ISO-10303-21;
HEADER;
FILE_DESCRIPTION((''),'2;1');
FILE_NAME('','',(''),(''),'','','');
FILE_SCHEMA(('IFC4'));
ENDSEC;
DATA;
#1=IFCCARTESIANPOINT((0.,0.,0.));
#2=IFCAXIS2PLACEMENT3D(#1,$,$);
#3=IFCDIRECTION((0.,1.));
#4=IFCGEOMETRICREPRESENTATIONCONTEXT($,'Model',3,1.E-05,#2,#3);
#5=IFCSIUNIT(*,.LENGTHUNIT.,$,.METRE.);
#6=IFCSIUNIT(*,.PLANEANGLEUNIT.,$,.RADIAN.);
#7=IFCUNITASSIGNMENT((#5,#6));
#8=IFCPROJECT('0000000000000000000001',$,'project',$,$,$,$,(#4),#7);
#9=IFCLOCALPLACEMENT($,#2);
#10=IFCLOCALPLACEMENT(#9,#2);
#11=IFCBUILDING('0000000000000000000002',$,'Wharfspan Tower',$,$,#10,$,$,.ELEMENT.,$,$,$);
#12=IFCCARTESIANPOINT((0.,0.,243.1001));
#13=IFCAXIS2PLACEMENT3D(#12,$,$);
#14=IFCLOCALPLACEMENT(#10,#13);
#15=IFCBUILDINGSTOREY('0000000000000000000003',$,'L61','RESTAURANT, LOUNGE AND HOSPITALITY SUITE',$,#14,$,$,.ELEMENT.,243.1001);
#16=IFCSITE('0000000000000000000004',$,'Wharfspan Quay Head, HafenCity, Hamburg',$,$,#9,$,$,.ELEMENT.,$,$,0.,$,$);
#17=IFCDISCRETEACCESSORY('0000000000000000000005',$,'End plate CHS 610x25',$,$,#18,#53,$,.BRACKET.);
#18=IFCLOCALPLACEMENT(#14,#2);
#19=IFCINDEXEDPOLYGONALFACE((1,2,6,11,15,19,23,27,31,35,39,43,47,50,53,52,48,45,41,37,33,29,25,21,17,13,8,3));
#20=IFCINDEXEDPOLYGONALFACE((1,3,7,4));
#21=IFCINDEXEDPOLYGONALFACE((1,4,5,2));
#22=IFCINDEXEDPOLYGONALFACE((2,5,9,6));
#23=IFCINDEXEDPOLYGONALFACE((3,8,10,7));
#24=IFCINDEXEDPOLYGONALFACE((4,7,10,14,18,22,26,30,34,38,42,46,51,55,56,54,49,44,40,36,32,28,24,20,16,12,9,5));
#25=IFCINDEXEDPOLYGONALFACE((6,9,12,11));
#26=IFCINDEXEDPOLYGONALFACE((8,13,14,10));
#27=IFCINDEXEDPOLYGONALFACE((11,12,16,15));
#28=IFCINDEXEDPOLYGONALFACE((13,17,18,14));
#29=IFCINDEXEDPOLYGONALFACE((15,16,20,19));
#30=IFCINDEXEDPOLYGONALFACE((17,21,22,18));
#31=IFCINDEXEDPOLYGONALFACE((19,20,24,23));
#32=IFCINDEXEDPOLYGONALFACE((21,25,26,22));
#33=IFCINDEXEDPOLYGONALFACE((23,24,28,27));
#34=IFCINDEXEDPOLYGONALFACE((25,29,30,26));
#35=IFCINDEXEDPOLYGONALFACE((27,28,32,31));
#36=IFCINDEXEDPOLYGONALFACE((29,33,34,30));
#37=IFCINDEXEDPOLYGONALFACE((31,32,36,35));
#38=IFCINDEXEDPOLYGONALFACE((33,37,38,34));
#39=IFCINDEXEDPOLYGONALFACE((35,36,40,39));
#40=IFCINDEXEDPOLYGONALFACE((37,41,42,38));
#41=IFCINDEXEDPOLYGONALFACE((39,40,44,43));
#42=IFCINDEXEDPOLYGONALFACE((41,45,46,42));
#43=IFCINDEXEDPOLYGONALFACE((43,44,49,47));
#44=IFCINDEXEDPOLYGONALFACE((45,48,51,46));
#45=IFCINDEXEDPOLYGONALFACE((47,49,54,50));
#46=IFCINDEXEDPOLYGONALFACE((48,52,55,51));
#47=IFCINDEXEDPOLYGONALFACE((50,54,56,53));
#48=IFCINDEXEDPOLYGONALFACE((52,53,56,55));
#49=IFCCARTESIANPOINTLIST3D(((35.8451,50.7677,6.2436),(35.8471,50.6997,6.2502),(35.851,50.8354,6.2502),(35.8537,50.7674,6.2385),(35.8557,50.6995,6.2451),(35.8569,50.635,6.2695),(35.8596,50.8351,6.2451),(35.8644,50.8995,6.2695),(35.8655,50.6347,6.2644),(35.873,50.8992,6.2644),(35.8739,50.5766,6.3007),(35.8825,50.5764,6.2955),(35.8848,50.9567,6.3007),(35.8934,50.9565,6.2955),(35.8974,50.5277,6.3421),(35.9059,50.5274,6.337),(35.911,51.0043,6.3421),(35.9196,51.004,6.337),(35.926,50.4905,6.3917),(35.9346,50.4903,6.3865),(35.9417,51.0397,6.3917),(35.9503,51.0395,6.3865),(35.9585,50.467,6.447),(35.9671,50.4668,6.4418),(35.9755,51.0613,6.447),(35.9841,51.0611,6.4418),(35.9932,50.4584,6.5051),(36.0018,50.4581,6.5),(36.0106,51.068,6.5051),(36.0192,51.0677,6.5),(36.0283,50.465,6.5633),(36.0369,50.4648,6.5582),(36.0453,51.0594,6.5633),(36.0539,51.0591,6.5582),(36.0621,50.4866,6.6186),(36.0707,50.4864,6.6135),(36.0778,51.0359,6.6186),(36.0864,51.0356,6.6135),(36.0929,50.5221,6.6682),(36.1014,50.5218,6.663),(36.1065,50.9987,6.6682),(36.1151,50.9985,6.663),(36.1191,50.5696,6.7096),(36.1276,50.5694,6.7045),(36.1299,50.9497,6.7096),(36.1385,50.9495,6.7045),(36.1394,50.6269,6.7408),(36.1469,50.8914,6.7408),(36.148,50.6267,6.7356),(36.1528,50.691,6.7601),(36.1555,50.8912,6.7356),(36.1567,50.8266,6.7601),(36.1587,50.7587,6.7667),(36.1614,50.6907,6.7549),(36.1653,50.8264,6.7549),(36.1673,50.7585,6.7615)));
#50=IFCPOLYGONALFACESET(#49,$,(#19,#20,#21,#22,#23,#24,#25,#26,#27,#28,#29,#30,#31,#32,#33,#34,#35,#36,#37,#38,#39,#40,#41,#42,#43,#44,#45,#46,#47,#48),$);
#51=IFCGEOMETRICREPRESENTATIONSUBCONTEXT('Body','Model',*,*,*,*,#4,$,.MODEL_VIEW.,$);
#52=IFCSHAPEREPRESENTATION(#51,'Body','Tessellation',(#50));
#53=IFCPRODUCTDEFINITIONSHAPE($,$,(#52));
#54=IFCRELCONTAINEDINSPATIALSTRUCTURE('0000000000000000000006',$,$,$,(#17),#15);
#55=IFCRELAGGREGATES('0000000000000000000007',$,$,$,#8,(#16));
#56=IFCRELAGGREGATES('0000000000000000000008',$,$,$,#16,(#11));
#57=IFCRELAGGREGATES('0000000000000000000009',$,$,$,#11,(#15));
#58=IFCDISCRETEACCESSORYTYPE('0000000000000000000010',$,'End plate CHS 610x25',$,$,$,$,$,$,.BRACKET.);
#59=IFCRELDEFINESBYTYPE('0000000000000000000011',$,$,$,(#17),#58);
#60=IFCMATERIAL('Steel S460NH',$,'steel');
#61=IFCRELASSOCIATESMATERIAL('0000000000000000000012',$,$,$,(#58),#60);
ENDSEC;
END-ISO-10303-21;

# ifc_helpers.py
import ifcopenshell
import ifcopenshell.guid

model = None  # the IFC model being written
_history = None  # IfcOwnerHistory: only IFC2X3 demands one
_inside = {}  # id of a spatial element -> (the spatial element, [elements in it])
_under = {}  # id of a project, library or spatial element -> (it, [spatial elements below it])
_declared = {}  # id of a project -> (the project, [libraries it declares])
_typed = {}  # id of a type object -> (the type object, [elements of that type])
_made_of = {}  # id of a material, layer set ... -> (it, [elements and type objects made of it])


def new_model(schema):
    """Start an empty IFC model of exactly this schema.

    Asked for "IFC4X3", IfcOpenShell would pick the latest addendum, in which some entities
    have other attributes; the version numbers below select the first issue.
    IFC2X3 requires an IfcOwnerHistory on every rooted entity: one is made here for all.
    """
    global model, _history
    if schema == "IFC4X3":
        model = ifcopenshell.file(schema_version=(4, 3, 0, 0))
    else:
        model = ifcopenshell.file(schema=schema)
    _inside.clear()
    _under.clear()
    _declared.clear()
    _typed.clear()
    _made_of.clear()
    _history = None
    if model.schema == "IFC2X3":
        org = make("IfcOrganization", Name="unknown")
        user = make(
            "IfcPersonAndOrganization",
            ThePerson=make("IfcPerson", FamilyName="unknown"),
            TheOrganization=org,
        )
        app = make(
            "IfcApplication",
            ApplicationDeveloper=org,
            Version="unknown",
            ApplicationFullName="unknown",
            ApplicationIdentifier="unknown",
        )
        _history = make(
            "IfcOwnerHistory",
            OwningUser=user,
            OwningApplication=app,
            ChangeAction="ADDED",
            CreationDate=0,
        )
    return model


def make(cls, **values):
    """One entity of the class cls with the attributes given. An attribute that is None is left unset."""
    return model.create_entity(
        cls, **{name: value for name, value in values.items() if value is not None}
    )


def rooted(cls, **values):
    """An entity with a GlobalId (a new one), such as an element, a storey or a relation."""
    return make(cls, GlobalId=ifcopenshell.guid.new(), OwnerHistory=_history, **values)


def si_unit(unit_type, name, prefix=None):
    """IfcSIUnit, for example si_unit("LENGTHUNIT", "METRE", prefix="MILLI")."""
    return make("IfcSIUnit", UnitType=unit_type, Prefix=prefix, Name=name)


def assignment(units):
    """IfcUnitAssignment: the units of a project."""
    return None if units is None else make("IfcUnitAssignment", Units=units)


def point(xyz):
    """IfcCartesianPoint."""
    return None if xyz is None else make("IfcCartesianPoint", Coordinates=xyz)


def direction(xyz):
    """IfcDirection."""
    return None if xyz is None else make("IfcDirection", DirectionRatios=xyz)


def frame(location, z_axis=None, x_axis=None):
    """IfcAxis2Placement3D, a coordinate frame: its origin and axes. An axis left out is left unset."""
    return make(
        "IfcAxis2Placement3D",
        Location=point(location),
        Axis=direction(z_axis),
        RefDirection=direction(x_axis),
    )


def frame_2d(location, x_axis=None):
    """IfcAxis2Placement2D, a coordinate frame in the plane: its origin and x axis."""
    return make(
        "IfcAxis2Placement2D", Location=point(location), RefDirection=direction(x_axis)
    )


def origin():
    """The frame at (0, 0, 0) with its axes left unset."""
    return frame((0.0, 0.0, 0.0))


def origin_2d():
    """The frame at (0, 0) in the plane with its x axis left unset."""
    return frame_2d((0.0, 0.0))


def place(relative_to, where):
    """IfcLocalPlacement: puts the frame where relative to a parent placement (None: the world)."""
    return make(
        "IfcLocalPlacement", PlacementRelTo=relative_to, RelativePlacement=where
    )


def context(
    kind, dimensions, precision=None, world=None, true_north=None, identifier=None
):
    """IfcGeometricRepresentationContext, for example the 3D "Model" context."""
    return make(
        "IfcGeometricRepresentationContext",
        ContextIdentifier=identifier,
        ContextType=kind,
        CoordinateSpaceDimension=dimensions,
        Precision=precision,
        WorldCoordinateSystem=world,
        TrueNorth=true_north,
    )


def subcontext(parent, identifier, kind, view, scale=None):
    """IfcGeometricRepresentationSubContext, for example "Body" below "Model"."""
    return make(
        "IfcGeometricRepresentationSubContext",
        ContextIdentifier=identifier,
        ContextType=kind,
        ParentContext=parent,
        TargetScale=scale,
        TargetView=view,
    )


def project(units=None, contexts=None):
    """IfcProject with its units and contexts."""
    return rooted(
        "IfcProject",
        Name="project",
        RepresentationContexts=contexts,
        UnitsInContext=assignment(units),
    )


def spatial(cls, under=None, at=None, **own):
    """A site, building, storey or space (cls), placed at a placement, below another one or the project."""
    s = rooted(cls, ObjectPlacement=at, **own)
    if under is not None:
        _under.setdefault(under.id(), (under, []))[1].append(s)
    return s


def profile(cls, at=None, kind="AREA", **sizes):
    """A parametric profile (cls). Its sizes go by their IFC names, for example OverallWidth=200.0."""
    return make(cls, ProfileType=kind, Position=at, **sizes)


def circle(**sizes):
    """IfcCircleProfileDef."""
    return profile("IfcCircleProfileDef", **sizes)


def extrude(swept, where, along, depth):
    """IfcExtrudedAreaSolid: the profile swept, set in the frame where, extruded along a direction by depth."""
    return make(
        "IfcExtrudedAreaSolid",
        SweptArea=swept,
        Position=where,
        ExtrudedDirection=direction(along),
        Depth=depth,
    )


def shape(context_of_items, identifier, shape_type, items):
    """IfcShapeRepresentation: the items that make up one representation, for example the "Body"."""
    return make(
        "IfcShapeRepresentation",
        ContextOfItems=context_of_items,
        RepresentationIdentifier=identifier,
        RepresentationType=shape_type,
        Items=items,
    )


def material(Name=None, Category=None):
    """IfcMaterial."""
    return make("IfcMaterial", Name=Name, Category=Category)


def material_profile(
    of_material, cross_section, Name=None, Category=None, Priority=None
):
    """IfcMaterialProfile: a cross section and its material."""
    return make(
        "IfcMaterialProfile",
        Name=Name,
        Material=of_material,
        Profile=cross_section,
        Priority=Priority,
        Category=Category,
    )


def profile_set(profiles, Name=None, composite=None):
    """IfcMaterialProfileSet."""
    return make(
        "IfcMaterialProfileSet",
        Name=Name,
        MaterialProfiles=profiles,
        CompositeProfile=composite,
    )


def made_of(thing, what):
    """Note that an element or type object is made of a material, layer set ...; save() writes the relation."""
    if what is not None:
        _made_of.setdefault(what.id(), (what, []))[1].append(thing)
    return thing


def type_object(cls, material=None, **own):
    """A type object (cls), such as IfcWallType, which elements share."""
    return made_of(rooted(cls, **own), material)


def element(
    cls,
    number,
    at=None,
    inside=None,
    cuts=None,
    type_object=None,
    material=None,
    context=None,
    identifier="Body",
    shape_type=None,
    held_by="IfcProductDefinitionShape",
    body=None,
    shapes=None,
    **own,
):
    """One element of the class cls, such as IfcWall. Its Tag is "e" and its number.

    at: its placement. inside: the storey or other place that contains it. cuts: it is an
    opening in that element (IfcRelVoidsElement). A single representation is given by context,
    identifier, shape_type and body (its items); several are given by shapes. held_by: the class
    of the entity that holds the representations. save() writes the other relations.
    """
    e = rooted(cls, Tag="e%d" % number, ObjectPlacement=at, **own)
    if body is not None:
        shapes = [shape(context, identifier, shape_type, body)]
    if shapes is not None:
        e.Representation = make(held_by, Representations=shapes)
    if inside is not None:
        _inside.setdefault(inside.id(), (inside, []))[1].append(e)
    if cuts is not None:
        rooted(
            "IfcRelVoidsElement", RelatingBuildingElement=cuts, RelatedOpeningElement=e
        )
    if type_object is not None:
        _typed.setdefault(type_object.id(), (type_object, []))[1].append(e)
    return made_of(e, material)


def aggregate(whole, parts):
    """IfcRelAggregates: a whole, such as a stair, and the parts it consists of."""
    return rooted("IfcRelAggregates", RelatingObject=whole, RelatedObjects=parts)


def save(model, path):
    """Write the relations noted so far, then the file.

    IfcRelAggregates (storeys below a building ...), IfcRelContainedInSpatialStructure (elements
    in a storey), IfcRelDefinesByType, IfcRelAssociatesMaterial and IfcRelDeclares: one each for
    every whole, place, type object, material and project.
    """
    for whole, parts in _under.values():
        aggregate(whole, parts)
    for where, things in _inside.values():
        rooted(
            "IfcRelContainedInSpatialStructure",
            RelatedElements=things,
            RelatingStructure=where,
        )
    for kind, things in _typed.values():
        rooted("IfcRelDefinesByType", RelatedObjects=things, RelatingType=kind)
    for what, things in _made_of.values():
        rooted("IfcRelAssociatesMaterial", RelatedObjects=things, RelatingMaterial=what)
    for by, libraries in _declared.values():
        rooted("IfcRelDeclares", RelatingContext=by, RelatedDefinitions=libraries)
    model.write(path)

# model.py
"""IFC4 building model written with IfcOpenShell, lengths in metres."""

from ifc_helpers import new_model, si_unit, direction, frame, origin, origin_2d, place, context, subcontext, project, spatial, circle, extrude, material, material_profile, profile_set, type_object, element, save


model = new_model("IFC4")

# Units and contexts
model_context = context("Model", 3, precision=1e-05, world=origin(), true_north=direction((0.0, 1.0)))
body_context = subcontext(model_context, "Body", "Model", "MODEL_VIEW")
ifc_project = project(units=[si_unit("LENGTHUNIT", "METRE"), si_unit("PLANEANGLEUNIT", "RADIAN")], contexts=[model_context])

# Site, building, storey
site_placement = place(None, origin())
site = spatial("IfcSite", under=ifc_project, at=site_placement, Name="Wharfspan Quay Head, HafenCity, Hamburg", CompositionType="ELEMENT", RefElevation=0.0)
building_placement = place(site_placement, origin())
building = spatial("IfcBuilding", under=site, at=building_placement, Name="Wharfspan Tower", CompositionType="ELEMENT")
storey_placement = place(building_placement, frame((0.0, 0.0, 243.1001)))
storey = spatial("IfcBuildingStorey", under=building, at=storey_placement, Name="L61", Description="RESTAURANT, LOUNGE AND HOSPITALITY SUITE", CompositionType="ELEMENT", Elevation=243.1001)

# Shared definitions
ifc_material_1 = material(Name="Steel S460NH", Category="steel")

# Discrete accessory
ifc_material_profile_1 = material_profile(ifc_material_1, circle(Radius=0.3049, at=origin_2d()))
ifc_profile_set_1 = profile_set([ifc_material_profile_1], Name="Steel S460NH")
discrete_accessory_type = type_object("IfcDiscreteAccessoryType", Name="End plate CHS 610x25", PredefinedType="BRACKET", material=ifc_profile_set_1)
for number, where, z_axis, x_axis, name in (
    (1, (36.0105, 50.7629, 6.5), (-0.857236, 0.024492, 0.514341), (-0.028558, -0.999591, 0.000002), "End plate CHS 610x25"),
):
    element("IfcDiscreteAccessory", number, at=place(storey_placement, frame(where, z_axis=z_axis, x_axis=x_axis)), inside=storey, type_object=discrete_accessory_type, Name=name, PredefinedType="BRACKET", context=body_context, shape_type="SweptSolid", body=[
        extrude(circle(Radius=0.3049, at=origin_2d()), origin(), (0.0, 0.0, 1.0), 0.01),
    ])

save(model, "model.ifc")
